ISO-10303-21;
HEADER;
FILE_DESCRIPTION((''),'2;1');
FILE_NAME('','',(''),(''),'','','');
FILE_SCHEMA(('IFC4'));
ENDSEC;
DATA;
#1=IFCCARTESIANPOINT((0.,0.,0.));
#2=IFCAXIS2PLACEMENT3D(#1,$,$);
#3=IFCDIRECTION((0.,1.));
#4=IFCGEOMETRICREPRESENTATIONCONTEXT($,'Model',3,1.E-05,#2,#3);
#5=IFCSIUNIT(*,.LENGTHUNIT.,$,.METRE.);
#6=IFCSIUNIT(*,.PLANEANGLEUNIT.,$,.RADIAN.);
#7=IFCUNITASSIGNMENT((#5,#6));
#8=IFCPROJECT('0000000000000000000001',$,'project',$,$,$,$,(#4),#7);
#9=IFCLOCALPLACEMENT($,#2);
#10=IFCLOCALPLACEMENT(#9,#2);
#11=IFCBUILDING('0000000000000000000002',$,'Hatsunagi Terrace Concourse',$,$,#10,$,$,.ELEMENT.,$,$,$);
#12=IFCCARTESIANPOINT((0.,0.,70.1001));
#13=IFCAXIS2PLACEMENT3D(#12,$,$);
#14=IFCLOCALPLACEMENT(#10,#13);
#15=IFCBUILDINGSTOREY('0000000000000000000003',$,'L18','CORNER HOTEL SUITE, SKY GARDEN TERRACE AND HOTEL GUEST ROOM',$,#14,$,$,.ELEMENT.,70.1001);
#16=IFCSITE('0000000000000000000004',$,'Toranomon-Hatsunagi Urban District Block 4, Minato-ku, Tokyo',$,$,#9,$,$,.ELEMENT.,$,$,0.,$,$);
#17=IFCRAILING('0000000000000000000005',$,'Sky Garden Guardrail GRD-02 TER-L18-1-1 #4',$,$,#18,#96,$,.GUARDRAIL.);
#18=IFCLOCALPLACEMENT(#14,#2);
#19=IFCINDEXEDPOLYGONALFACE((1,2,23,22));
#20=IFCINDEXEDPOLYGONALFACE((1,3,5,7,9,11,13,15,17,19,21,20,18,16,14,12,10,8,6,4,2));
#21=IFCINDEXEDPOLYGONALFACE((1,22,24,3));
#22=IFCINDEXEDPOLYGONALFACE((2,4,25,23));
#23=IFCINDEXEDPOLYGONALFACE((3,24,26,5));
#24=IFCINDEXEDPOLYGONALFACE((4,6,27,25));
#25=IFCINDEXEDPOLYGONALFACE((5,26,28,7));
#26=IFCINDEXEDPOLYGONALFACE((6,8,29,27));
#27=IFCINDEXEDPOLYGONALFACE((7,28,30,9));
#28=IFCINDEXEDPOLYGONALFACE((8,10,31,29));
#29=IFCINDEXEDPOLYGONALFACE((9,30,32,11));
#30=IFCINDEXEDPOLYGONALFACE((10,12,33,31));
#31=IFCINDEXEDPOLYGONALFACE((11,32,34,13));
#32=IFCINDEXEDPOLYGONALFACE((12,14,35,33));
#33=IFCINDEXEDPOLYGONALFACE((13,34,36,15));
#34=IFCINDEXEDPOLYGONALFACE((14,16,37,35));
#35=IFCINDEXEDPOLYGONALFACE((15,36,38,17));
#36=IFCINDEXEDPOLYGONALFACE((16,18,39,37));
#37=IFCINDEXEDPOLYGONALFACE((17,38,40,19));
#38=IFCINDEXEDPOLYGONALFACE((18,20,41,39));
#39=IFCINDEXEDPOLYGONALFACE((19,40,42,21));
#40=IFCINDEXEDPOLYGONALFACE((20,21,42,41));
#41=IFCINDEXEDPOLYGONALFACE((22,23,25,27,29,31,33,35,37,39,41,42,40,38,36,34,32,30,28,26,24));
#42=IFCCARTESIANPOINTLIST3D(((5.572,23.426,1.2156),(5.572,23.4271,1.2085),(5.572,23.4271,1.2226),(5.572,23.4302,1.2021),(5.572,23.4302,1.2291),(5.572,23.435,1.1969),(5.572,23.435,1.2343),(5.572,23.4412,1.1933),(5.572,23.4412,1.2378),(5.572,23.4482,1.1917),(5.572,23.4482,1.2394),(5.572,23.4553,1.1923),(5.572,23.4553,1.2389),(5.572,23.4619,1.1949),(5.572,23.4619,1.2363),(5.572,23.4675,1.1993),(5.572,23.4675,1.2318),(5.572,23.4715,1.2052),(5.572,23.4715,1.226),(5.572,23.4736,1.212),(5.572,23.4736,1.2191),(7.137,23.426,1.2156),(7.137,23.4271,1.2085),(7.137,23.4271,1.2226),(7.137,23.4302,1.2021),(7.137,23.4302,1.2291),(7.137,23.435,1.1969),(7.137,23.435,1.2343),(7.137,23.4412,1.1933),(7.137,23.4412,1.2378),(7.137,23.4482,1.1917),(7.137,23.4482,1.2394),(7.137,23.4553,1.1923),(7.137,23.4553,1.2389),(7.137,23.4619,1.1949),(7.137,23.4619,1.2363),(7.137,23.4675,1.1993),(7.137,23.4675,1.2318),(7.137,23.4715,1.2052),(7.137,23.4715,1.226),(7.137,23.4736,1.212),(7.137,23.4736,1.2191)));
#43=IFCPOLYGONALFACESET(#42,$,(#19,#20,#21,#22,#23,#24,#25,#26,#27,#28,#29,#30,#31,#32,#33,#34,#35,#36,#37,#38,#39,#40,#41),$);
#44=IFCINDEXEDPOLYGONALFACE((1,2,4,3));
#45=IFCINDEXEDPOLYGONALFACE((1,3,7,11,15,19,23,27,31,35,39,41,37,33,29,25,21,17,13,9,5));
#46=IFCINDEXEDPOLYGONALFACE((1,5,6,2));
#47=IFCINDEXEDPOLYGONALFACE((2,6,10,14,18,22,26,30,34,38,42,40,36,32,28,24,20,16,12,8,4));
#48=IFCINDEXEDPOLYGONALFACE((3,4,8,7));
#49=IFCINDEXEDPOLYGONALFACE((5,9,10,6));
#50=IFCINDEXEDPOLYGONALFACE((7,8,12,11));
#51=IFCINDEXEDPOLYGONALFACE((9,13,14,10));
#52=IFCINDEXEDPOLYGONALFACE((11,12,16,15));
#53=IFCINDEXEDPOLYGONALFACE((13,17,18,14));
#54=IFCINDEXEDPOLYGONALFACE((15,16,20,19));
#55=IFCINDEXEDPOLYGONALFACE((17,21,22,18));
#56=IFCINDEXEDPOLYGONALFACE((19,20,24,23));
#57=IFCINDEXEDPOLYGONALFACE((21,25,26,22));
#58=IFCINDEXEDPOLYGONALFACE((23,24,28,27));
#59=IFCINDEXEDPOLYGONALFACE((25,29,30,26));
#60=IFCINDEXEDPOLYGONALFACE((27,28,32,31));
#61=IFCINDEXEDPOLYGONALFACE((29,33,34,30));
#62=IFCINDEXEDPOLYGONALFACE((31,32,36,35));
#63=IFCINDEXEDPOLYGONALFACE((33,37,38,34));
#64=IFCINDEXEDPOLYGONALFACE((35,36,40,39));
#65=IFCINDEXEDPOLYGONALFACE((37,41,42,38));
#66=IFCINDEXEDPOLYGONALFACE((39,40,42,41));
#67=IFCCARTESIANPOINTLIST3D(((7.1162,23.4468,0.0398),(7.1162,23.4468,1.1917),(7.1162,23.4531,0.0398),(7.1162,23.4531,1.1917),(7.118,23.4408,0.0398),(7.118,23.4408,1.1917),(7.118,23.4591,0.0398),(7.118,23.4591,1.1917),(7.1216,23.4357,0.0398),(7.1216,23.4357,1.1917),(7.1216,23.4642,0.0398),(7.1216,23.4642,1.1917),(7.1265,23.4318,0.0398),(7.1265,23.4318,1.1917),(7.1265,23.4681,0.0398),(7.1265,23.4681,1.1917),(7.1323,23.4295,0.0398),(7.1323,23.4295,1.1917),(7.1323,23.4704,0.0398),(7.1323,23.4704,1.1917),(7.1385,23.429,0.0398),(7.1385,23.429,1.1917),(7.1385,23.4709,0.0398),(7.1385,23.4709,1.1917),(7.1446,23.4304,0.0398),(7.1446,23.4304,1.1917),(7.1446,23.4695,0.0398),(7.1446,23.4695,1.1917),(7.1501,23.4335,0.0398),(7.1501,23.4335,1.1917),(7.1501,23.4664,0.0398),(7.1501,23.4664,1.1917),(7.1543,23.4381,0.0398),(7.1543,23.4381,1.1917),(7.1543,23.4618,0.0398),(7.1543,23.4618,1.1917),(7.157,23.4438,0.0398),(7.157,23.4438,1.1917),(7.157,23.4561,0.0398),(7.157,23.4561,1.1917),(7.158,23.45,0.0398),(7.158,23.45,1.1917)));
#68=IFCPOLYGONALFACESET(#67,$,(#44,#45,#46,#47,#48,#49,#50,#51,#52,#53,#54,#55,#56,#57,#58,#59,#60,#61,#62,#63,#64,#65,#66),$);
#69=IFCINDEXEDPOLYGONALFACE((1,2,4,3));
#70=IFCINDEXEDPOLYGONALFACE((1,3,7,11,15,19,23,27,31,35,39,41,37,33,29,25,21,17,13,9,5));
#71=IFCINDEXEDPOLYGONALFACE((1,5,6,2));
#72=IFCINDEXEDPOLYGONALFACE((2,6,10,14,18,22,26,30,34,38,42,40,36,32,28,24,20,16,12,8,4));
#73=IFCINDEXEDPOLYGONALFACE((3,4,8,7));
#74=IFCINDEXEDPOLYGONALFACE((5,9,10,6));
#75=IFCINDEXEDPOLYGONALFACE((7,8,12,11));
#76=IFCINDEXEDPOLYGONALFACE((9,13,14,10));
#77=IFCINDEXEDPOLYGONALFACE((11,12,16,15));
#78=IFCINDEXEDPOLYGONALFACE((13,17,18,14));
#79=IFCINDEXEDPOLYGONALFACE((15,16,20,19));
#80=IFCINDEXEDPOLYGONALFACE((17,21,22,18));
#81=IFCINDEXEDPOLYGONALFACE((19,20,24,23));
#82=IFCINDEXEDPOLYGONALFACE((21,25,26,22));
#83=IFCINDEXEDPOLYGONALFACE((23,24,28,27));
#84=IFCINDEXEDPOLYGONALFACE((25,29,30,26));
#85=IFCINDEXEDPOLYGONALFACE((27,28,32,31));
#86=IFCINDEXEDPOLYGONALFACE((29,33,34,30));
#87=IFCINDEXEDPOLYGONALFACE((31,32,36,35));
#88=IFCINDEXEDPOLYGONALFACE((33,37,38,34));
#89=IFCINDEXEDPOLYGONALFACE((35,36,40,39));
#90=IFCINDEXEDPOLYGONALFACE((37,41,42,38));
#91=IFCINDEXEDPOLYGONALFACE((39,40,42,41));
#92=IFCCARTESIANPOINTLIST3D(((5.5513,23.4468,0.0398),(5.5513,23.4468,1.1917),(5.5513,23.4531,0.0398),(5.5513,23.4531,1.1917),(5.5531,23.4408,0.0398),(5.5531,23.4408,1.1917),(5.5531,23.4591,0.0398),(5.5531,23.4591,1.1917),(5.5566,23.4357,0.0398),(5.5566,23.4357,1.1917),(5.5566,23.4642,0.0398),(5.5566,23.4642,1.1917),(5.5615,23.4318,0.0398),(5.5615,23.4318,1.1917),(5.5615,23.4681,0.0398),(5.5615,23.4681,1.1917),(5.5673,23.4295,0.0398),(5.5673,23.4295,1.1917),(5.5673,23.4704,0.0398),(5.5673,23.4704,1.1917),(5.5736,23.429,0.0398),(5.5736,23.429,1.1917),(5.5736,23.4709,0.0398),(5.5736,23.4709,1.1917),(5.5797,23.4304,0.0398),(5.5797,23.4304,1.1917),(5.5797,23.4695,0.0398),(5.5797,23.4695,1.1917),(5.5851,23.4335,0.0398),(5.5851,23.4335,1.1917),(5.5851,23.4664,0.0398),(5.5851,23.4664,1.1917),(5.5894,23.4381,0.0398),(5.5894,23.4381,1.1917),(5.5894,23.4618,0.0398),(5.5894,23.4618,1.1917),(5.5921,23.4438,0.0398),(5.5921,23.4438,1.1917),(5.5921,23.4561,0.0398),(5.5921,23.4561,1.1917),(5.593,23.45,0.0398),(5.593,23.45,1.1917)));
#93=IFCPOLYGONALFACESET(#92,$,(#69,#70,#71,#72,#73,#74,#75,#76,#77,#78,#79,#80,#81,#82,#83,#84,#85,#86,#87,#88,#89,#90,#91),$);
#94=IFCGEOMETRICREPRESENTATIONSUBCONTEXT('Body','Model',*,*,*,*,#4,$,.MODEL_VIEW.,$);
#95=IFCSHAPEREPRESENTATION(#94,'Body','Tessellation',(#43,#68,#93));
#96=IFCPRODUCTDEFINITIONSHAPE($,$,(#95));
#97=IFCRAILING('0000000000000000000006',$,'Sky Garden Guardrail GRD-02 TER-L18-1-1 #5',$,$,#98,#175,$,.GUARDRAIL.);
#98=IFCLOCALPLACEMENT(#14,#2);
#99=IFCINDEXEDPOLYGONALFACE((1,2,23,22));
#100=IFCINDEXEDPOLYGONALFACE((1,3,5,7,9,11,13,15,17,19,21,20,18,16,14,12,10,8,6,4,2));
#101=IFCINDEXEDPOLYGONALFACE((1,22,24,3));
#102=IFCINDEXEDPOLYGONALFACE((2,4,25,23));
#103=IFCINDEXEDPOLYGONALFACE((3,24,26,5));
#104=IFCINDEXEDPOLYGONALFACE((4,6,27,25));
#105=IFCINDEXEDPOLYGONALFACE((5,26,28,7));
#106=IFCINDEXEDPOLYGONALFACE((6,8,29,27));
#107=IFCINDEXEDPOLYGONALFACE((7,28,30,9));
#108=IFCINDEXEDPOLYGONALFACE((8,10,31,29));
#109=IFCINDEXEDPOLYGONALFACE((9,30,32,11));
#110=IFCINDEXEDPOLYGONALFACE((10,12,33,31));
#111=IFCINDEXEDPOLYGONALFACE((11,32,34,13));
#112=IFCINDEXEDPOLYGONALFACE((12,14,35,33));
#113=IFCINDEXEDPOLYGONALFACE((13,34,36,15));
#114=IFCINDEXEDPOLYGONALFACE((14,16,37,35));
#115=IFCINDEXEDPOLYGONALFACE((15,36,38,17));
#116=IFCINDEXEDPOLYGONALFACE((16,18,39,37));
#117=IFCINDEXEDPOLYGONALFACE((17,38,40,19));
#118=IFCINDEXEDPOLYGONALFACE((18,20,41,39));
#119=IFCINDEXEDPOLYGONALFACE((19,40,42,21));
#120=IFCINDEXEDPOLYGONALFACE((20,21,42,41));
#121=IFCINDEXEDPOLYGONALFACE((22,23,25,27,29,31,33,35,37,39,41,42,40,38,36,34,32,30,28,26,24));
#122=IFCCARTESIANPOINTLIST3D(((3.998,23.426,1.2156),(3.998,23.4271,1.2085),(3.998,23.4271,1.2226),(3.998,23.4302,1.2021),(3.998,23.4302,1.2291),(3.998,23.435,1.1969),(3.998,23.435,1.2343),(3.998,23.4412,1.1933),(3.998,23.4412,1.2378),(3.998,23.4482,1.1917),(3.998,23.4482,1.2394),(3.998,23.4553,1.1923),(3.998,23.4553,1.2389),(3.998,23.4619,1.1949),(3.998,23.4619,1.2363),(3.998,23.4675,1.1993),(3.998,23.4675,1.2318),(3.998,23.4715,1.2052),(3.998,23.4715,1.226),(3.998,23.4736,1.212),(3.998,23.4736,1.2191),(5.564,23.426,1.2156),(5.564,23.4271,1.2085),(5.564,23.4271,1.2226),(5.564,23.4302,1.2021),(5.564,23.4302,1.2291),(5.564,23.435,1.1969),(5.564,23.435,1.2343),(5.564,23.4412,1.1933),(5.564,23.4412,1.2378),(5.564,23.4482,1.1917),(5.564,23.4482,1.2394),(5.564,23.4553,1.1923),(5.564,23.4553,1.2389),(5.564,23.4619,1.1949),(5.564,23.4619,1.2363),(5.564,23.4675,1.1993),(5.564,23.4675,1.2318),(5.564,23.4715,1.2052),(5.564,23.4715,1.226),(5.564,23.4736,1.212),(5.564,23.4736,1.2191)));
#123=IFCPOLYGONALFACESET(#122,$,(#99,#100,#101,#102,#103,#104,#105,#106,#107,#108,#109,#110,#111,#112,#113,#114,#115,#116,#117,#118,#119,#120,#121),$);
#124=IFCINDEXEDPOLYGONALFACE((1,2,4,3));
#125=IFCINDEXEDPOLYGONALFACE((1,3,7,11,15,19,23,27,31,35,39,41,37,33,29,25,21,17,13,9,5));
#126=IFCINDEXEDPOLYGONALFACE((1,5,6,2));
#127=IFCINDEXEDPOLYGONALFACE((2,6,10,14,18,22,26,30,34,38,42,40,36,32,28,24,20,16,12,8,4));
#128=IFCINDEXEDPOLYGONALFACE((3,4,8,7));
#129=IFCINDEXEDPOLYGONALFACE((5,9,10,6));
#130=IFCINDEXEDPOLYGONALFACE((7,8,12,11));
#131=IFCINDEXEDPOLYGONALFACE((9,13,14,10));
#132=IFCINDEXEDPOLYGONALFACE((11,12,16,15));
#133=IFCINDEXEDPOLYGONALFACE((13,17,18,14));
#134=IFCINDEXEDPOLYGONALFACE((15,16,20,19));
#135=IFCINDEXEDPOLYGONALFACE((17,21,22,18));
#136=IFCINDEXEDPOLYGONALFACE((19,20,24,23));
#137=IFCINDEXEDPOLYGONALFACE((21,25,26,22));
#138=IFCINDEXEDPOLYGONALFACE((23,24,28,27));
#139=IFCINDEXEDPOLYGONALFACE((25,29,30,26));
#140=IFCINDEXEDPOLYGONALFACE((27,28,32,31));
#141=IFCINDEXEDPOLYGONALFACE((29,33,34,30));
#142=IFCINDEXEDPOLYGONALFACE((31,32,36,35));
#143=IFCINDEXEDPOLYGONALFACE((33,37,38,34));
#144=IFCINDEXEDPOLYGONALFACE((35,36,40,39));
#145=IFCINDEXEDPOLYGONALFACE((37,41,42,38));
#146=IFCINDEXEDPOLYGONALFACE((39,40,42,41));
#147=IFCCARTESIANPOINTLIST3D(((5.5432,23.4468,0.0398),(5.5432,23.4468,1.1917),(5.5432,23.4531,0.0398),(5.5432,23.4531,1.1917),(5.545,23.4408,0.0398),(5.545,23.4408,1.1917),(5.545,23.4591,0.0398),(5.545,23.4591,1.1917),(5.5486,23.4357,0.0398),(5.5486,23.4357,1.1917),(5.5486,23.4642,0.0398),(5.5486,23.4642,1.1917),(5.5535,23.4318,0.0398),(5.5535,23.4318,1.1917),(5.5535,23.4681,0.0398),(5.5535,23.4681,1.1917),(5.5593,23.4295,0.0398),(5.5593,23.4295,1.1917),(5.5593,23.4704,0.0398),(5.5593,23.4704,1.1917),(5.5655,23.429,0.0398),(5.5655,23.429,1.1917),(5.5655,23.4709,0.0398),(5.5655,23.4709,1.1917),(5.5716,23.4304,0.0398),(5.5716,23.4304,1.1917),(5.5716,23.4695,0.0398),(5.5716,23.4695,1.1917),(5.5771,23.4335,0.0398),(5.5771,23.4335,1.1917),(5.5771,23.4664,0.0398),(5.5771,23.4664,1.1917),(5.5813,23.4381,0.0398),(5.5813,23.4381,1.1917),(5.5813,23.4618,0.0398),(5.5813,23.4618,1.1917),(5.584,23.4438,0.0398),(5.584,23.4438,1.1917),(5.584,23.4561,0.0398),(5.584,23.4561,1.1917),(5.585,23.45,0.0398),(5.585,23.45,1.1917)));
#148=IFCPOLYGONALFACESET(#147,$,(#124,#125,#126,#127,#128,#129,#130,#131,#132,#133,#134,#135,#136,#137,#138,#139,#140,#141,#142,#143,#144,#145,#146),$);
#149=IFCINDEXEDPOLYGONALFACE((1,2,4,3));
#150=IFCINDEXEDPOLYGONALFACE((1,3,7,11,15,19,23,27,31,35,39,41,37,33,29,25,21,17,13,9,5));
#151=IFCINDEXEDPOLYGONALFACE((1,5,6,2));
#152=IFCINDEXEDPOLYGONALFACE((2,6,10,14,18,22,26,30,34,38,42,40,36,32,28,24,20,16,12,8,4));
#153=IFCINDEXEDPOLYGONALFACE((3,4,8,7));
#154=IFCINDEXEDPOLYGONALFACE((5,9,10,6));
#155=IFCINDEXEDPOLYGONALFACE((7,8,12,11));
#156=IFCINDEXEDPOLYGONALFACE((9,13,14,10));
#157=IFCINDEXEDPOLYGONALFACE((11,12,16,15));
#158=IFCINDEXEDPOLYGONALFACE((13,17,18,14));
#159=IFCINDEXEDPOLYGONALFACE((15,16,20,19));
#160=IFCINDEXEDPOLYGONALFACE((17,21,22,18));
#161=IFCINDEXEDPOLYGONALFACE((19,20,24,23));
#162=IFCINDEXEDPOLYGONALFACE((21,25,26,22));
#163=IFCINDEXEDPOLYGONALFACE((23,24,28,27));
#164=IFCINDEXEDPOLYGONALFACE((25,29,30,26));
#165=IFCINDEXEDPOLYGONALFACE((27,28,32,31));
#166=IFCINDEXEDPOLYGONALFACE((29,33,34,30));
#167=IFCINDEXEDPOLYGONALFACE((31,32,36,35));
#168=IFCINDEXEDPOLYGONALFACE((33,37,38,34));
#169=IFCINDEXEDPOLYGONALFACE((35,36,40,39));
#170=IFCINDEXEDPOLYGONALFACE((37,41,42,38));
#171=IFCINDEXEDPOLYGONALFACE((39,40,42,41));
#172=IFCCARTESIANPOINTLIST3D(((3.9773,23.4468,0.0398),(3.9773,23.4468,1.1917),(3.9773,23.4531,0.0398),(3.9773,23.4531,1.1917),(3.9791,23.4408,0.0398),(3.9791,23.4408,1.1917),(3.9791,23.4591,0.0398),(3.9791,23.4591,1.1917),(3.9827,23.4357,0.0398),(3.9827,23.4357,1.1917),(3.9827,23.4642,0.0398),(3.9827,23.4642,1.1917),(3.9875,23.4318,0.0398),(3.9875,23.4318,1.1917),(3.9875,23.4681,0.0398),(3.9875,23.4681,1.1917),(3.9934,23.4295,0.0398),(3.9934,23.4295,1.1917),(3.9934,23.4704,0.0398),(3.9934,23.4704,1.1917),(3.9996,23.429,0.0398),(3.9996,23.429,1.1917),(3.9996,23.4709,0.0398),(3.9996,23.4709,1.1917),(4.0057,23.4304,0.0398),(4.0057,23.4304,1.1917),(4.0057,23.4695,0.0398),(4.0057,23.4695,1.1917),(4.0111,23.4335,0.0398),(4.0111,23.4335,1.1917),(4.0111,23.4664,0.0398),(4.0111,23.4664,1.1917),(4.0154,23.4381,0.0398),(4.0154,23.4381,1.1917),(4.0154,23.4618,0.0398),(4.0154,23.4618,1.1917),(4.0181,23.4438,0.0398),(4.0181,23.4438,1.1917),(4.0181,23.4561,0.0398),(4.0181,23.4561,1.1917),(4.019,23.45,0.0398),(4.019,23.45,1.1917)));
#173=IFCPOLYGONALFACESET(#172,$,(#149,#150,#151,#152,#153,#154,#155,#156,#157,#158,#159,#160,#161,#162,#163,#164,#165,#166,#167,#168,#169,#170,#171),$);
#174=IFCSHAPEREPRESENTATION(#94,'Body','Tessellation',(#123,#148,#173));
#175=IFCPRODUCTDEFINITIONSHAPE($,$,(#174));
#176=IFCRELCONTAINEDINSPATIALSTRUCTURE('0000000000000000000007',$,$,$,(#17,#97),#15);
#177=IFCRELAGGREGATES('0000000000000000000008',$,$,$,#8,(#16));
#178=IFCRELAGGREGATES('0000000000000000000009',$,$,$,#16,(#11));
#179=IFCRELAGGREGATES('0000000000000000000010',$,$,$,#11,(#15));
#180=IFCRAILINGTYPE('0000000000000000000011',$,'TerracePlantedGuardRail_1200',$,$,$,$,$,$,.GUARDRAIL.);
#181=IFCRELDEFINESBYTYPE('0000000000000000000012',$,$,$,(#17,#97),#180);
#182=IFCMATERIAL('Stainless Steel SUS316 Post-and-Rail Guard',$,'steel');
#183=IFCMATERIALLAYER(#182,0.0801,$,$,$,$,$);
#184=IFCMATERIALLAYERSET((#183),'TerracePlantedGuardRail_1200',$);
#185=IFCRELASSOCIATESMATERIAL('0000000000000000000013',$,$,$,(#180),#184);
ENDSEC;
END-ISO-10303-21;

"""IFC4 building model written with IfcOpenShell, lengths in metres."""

from ifc_helpers import new_model, si_unit, direction, frame, origin, origin_2d, place, context, subcontext, project, spatial, circle, extrude, material, layer, layer_set, type_object, element, save


model = new_model("IFC4")

# Units and contexts
model_context = context("Model", 3, precision=1e-05, world=origin(), true_north=direction((0.0, 1.0)))
body_context = subcontext(model_context, "Body", "Model", "MODEL_VIEW")
ifc_project = project(units=[si_unit("LENGTHUNIT", "METRE"), si_unit("PLANEANGLEUNIT", "RADIAN")], contexts=[model_context])

# Site, building, storey
site_placement = place(None, origin())
site = spatial("IfcSite", under=ifc_project, at=site_placement, Name="Toranomon-Hatsunagi Urban District Block 4, Minato-ku, Tokyo", CompositionType="ELEMENT", RefElevation=0.0)
building_placement = place(site_placement, origin())
building = spatial("IfcBuilding", under=site, at=building_placement, Name="Hatsunagi Terrace Concourse", CompositionType="ELEMENT")
storey_placement = place(building_placement, frame((0.0, 0.0, 70.1001)))
storey = spatial("IfcBuildingStorey", under=building, at=storey_placement, Name="L18", Description="CORNER HOTEL SUITE, SKY GARDEN TERRACE AND HOTEL GUEST ROOM", CompositionType="ELEMENT", Elevation=70.1001)

# Railings
ifc_material_1 = material(Name="Stainless Steel SUS316 Post-and-Rail Guard", Category="steel")
ifc_layer_1 = layer(ifc_material_1, 0.0801)
ifc_layer_set_1 = layer_set([ifc_layer_1], Name="TerracePlantedGuardRail_1200")
railing_type_1 = type_object("IfcRailingType", Name="TerracePlantedGuardRail_1200", PredefinedType="GUARDRAIL", material=ifc_layer_set_1)
railing_1_placement = place(storey_placement, frame((7.137, 23.45, 0.0398)))
element("IfcRailing", 1, at=railing_1_placement, inside=storey, type_object=railing_type_1, Name="Sky Garden Guardrail GRD-02 TER-L18-1-1 #4", PredefinedType="GUARDRAIL", context=body_context, shape_type="SweptSolid", body=[
    extrude(circle(Radius=0.0239, at=origin_2d()), frame((0.0, 0.0, 1.1758), z_axis=(-1.0, 0.0, 0.0), x_axis=(0.0, -1.0, 0.0)), (0.0, 0.0, 1.0), 1.5649),
    extrude(circle(Radius=0.021, at=origin_2d()), origin(), (0.0, 0.0, 1.0), 1.1519),
    extrude(circle(Radius=0.021, at=origin_2d()), frame((-1.5649, 0.0, 0.0)), (0.0, 0.0, 1.0), 1.1519),
])
railing_2_placement = place(storey_placement, frame((5.564, 23.45, 0.0398)))
element("IfcRailing", 2, at=railing_2_placement, inside=storey, type_object=railing_type_1, Name="Sky Garden Guardrail GRD-02 TER-L18-1-1 #5", PredefinedType="GUARDRAIL", context=body_context, shape_type="SweptSolid", body=[
    extrude(circle(Radius=0.0239, at=origin_2d()), frame((0.0, 0.0, 1.1758), z_axis=(-1.0, 0.0, 0.0), x_axis=(0.0, -1.0, 0.0)), (0.0, 0.0, 1.0), 1.5659),
    extrude(circle(Radius=0.021, at=origin_2d()), origin(), (0.0, 0.0, 1.0), 1.1519),
    extrude(circle(Radius=0.021, at=origin_2d()), frame((-1.5659, 0.0, 0.0)), (0.0, 0.0, 1.0), 1.1519),
])

save(model, "model.ifc")
